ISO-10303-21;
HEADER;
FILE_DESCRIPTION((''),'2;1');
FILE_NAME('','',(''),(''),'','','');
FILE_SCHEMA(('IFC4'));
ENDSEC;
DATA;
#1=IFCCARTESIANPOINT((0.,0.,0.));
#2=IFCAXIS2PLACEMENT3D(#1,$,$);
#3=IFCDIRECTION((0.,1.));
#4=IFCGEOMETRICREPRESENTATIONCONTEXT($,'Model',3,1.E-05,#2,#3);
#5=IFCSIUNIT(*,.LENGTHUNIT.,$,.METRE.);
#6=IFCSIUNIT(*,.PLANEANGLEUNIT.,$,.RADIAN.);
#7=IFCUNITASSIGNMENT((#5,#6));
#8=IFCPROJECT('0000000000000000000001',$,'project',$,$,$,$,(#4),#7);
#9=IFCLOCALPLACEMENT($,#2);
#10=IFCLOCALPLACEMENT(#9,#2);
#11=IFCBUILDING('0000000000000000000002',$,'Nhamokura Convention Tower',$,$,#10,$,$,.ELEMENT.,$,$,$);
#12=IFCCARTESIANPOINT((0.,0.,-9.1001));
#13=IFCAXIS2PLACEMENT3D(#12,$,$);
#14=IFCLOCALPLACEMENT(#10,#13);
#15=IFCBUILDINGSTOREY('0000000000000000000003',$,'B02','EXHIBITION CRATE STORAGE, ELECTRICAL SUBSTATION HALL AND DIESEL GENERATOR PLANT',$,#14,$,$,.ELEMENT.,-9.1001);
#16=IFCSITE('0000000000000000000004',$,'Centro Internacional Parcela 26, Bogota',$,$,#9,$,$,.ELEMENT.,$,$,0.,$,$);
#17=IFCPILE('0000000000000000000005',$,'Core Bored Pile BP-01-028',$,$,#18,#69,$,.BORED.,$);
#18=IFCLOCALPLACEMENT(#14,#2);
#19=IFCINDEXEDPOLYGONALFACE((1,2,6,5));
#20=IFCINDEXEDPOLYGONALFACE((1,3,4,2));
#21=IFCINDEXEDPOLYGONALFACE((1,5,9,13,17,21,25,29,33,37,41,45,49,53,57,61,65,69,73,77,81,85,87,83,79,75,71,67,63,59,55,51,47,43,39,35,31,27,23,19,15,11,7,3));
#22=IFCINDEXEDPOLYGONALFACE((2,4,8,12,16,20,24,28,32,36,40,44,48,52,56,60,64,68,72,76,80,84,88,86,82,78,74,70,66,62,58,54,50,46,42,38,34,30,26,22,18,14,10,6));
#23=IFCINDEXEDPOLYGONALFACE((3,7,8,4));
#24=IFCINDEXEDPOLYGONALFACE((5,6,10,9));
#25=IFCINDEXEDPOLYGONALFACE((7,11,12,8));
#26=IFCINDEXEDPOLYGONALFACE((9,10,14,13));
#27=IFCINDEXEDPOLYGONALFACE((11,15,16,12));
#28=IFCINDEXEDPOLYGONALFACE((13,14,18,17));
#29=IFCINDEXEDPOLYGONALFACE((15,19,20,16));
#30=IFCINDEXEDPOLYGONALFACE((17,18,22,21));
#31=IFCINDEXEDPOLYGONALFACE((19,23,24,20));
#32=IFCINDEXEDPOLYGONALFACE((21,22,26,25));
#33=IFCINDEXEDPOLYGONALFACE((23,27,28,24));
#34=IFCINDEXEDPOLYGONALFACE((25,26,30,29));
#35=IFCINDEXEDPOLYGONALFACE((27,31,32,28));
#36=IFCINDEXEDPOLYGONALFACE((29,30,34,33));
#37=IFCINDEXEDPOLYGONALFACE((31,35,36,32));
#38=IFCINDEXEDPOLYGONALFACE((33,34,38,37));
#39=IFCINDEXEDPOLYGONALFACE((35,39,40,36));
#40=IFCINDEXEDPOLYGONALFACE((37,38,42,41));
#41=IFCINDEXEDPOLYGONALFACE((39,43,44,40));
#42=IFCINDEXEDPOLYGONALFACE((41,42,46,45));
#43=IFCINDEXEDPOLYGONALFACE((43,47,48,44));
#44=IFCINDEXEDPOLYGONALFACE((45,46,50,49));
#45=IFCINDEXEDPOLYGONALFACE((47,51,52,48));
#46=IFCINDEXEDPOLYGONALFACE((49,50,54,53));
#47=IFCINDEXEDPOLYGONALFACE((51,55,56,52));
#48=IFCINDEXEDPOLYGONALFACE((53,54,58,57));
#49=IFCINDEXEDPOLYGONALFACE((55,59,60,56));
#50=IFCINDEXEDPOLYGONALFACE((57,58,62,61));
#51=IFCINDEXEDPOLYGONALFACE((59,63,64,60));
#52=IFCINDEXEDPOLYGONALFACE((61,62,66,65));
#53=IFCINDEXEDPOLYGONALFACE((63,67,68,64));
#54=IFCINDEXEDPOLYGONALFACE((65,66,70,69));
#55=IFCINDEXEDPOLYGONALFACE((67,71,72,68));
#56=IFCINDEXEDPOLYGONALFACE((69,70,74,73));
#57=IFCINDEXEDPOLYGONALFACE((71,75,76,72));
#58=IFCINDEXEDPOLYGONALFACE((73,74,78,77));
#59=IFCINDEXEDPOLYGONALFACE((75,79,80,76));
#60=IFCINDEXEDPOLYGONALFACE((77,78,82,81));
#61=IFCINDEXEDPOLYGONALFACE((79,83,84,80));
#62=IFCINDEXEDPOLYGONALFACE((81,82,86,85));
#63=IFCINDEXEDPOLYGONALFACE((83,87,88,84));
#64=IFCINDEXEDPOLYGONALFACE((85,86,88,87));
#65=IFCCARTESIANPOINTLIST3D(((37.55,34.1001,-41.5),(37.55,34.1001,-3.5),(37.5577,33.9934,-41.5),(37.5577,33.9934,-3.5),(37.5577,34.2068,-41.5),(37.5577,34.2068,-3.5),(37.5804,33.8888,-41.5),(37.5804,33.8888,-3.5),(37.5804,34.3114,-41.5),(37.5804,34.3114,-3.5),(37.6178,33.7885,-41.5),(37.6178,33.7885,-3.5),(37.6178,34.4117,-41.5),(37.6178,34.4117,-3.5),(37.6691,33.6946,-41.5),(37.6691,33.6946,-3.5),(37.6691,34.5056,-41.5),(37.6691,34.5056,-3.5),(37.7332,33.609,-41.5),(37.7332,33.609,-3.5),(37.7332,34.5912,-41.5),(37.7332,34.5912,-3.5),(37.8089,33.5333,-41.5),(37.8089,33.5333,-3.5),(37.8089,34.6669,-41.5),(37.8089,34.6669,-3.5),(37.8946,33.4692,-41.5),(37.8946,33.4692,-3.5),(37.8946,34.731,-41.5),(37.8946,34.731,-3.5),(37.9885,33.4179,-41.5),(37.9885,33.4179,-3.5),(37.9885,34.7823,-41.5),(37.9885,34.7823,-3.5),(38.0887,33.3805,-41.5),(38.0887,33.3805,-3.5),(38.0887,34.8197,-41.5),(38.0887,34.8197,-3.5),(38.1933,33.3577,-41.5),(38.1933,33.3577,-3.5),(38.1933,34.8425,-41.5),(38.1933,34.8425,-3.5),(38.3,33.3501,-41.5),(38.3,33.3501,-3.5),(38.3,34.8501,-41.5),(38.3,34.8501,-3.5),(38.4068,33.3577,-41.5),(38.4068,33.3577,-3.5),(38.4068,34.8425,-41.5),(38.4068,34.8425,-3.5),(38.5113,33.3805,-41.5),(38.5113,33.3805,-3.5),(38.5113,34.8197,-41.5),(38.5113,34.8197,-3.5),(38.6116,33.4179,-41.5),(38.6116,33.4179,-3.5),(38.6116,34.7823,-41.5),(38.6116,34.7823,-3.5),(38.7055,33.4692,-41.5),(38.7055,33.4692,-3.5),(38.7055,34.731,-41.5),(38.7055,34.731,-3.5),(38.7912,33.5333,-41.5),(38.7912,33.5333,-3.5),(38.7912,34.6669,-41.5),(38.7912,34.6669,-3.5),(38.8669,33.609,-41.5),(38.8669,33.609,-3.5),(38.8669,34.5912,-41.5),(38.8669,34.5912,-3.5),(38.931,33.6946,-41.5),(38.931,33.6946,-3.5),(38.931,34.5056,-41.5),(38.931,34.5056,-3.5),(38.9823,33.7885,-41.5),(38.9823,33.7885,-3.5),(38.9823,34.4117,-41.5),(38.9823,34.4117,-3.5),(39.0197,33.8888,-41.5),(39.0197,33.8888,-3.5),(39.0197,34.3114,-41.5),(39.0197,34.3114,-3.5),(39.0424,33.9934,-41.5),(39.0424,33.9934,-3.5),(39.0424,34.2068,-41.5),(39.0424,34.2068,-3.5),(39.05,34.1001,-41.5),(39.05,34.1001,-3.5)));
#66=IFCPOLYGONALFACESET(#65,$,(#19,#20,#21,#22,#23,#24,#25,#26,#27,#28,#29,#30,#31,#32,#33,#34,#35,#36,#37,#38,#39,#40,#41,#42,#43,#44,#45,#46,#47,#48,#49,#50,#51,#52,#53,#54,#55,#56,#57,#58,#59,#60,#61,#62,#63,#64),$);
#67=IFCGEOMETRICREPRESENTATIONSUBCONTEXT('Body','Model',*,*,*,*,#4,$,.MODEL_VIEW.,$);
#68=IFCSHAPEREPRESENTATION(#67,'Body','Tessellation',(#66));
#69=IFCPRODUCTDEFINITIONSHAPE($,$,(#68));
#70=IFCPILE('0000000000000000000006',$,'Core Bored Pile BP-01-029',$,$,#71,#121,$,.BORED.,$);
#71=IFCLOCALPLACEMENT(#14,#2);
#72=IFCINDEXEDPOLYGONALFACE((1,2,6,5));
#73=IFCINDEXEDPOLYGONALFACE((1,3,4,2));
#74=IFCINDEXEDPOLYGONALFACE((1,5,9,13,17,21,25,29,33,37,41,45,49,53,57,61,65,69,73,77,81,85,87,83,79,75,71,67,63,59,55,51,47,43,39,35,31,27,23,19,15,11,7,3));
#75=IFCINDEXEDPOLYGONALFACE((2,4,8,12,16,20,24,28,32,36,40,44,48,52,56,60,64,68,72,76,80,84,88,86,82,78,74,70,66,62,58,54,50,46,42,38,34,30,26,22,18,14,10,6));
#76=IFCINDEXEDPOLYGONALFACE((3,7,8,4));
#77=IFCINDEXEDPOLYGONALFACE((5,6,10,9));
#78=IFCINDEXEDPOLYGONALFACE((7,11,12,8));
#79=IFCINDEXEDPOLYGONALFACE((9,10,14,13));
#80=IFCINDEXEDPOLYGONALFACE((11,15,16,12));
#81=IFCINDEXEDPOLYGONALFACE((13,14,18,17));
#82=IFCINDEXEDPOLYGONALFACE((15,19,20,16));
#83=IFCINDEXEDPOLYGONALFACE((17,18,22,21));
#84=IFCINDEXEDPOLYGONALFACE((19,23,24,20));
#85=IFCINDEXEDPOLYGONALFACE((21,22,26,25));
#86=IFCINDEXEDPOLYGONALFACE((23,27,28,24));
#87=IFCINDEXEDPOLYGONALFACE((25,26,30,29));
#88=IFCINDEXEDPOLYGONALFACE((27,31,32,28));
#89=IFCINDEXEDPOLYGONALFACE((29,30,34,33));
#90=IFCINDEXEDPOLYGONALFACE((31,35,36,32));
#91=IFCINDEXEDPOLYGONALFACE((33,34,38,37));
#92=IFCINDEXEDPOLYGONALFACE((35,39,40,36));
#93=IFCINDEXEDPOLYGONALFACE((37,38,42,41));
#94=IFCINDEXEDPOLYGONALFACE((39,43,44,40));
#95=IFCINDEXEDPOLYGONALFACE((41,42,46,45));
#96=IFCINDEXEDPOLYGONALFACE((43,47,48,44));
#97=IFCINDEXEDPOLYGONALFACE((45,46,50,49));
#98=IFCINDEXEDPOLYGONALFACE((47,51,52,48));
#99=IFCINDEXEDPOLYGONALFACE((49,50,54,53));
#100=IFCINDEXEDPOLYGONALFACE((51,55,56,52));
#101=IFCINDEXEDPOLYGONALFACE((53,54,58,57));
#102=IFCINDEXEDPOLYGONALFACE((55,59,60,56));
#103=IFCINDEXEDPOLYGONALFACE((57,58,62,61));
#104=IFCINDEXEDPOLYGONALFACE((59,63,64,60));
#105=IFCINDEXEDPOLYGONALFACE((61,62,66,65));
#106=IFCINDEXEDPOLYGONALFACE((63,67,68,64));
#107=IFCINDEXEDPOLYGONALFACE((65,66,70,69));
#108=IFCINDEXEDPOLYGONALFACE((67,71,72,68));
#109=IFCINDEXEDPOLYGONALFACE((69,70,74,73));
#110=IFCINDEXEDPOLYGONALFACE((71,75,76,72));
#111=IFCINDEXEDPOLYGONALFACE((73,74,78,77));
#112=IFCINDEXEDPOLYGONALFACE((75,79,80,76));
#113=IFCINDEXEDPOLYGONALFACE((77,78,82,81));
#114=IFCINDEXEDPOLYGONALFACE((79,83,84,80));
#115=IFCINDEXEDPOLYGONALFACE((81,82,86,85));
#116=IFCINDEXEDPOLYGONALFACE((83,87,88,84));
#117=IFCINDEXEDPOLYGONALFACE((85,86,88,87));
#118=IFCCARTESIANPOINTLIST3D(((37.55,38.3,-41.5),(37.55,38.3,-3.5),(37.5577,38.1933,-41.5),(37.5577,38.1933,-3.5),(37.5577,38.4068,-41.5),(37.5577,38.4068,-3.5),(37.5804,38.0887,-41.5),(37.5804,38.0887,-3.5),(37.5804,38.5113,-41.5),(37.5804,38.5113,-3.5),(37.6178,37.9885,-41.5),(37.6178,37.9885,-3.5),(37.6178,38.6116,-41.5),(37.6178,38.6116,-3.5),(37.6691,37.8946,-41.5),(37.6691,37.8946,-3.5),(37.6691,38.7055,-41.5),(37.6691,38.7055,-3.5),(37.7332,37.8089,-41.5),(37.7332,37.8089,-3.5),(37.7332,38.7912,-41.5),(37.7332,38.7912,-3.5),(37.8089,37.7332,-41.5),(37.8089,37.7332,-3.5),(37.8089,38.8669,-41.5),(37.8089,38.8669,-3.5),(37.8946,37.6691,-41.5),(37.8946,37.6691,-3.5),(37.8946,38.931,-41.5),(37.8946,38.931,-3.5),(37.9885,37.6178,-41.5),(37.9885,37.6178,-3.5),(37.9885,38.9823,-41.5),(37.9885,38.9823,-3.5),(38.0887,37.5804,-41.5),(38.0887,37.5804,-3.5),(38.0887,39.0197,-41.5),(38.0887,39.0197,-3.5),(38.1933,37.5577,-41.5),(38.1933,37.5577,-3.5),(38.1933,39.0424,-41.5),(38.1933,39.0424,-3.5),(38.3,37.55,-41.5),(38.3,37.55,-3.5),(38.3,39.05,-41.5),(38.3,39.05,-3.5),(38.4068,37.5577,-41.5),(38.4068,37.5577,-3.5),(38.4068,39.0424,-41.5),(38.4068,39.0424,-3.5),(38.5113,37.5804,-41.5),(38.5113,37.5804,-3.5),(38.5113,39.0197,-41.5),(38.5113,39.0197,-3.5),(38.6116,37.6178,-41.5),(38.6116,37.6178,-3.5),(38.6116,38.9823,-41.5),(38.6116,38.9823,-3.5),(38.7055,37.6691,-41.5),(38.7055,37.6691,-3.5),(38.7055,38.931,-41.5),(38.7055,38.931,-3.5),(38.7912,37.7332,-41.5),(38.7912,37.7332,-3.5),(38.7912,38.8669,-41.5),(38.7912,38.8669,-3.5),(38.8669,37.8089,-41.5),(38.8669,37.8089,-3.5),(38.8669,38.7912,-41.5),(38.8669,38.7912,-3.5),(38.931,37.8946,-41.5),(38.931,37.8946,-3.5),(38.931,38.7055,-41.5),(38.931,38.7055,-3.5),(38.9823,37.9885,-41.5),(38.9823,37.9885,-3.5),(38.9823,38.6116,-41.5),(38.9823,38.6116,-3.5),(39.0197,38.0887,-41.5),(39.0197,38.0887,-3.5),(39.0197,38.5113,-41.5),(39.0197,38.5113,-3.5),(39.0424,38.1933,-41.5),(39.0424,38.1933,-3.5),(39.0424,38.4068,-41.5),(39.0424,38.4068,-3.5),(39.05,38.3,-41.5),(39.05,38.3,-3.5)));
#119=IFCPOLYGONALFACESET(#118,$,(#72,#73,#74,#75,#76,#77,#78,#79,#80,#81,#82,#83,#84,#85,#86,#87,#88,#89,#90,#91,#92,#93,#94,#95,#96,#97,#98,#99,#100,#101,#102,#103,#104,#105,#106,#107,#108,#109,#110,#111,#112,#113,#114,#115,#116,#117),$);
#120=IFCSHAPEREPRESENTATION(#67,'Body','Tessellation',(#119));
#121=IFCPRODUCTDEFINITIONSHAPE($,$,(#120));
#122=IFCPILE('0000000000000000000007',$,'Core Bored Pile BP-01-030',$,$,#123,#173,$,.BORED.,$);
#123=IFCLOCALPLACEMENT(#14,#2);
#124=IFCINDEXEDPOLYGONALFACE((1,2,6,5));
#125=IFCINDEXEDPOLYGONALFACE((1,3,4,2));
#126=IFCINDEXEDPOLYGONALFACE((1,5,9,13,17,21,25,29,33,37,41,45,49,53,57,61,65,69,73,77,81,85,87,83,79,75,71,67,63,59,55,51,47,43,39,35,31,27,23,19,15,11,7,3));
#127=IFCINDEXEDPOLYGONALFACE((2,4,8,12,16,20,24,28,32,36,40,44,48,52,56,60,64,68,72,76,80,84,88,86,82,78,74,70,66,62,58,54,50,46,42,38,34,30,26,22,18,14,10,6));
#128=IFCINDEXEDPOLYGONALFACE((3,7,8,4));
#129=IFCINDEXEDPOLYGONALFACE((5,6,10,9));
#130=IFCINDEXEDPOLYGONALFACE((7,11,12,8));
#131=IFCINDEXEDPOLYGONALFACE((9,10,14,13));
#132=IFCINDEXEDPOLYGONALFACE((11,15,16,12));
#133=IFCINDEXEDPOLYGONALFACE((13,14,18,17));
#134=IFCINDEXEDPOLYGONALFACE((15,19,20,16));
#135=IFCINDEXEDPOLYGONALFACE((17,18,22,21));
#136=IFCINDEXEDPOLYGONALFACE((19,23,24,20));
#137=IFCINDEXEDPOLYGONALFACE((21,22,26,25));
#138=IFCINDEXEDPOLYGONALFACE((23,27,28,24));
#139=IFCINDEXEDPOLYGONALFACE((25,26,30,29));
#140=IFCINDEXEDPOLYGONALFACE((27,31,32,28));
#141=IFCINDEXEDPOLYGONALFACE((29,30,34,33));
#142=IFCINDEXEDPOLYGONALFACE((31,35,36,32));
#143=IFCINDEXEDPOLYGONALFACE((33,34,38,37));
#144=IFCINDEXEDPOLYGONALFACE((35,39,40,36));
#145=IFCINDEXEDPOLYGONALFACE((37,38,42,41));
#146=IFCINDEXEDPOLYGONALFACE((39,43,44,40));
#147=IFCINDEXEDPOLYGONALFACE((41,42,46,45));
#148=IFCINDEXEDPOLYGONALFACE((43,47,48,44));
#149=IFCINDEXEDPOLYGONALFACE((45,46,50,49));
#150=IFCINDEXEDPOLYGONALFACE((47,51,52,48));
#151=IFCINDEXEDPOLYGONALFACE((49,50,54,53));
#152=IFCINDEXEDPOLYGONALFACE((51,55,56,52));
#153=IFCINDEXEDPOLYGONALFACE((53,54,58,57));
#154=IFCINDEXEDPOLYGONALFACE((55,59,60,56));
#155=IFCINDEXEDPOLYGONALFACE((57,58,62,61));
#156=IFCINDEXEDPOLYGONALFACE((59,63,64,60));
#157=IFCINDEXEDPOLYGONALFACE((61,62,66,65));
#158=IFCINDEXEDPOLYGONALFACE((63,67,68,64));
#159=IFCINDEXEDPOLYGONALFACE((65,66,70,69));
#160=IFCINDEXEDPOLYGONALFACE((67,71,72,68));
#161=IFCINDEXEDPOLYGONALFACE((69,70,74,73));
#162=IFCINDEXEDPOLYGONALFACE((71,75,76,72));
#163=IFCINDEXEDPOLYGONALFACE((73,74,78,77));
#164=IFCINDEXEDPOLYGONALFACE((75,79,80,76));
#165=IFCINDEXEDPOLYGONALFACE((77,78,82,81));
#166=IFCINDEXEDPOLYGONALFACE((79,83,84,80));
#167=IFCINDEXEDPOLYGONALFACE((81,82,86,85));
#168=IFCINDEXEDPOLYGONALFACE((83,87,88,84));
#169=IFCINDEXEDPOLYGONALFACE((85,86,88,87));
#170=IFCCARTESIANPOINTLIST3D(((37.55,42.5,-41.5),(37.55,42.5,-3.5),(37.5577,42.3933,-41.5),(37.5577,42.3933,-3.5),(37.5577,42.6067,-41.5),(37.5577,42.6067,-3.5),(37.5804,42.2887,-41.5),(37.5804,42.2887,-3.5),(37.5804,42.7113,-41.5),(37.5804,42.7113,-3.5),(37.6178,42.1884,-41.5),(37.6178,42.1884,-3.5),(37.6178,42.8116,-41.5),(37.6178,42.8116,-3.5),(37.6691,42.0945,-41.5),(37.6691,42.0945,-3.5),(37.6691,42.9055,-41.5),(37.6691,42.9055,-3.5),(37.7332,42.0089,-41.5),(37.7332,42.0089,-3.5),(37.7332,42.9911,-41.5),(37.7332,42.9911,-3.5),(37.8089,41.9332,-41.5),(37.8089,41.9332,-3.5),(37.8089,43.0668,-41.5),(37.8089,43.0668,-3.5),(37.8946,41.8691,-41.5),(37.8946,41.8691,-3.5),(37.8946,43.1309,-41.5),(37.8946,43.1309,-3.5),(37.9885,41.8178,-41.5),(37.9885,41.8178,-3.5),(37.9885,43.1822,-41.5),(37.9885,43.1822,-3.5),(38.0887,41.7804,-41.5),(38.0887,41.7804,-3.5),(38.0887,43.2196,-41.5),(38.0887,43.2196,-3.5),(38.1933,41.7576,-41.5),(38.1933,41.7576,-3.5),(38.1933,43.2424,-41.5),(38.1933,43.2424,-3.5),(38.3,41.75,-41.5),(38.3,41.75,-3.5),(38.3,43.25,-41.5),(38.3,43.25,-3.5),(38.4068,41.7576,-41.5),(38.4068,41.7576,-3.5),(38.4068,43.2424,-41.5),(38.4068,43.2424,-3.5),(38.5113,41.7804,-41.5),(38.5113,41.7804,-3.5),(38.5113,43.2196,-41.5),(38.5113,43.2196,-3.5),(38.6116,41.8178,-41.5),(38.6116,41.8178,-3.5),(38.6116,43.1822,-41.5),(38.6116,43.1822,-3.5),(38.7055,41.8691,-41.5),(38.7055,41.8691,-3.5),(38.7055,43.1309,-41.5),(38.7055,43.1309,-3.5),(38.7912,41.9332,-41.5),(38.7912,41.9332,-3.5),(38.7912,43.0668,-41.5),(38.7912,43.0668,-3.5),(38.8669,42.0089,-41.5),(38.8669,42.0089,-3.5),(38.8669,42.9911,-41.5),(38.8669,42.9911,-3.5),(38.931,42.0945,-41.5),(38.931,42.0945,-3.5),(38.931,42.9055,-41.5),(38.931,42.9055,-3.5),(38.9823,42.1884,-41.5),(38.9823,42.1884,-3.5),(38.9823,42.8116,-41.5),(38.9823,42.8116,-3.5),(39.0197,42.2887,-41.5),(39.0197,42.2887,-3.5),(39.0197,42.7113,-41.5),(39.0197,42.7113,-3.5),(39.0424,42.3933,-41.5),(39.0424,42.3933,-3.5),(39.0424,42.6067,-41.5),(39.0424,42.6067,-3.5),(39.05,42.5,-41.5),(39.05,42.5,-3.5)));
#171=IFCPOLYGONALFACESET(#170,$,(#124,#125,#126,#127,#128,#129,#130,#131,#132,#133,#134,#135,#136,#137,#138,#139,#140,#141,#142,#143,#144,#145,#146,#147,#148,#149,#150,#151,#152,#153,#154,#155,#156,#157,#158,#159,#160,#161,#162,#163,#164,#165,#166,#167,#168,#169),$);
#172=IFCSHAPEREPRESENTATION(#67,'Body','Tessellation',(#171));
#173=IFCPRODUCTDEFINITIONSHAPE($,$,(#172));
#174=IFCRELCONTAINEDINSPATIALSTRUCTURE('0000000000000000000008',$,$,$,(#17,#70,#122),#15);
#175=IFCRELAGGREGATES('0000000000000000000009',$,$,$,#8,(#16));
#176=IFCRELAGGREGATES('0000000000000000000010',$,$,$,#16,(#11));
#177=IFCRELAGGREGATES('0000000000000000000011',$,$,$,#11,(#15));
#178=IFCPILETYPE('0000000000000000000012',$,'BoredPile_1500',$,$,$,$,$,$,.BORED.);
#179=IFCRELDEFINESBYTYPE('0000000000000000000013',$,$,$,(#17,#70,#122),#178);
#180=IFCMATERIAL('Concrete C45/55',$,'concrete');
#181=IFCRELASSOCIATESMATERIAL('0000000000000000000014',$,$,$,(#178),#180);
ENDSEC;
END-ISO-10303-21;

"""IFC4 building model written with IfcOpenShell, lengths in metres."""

from ifc_helpers import new_model, si_unit, direction, frame, origin, origin_2d, place, context, subcontext, project, spatial, circle, extrude, material, material_profile, profile_set, type_object, element, save


model = new_model("IFC4")

# Units and contexts
model_context = context("Model", 3, precision=1e-05, world=origin(), true_north=direction((0.0, 1.0)))
body_context = subcontext(model_context, "Body", "Model", "MODEL_VIEW")
ifc_project = project(units=[si_unit("LENGTHUNIT", "METRE"), si_unit("PLANEANGLEUNIT", "RADIAN")], contexts=[model_context])

# Site, building, storey
site_placement = place(None, origin())
site = spatial("IfcSite", under=ifc_project, at=site_placement, Name="Centro Internacional Parcela 26, Bogota", CompositionType="ELEMENT", RefElevation=0.0)
building_placement = place(site_placement, origin())
building = spatial("IfcBuilding", under=site, at=building_placement, Name="Nhamokura Convention Tower", CompositionType="ELEMENT")
storey_placement = place(building_placement, frame((0.0, 0.0, -9.1001)))
storey = spatial("IfcBuildingStorey", under=building, at=storey_placement, Name="B02", Description="EXHIBITION CRATE STORAGE, ELECTRICAL SUBSTATION HALL AND DIESEL GENERATOR PLANT", CompositionType="ELEMENT", Elevation=-9.1001)

# Piles
ifc_material_1 = material(Name="Concrete C45/55", Category="concrete")
ifc_material_profile_1 = material_profile(ifc_material_1, circle(Radius=0.75, at=origin_2d()))
ifc_profile_set_1 = profile_set([ifc_material_profile_1], Name="Concrete C45/55")
pile_type = type_object("IfcPileType", Name="BoredPile_1500", PredefinedType="BORED", material=ifc_profile_set_1)
for number, where, z_axis, x_axis, name in (
    (1, (38.3, 34.1001, -3.5), (0.0, 0.0, -1.0), (1.0, 0.0, 0.0), "Core Bored Pile BP-01-028"),
    (2, (38.3, 38.3, -3.5), (0.0, 0.0, -1.0), (1.0, 0.0, 0.0), "Core Bored Pile BP-01-029"),
    (3, (38.3, 42.5, -3.5), (0.0, 0.0, -1.0), (1.0, 0.0, 0.0), "Core Bored Pile BP-01-030"),
):
    element("IfcPile", number, at=place(storey_placement, frame(where, z_axis=z_axis, x_axis=x_axis)), inside=storey, type_object=pile_type, Name=name, PredefinedType="BORED", context=body_context, shape_type="SweptSolid", body=[
        extrude(circle(Radius=0.75, at=origin_2d()), origin(), (0.0, 0.0, 1.0), 38.0),
    ])

save(model, "model.ifc")
